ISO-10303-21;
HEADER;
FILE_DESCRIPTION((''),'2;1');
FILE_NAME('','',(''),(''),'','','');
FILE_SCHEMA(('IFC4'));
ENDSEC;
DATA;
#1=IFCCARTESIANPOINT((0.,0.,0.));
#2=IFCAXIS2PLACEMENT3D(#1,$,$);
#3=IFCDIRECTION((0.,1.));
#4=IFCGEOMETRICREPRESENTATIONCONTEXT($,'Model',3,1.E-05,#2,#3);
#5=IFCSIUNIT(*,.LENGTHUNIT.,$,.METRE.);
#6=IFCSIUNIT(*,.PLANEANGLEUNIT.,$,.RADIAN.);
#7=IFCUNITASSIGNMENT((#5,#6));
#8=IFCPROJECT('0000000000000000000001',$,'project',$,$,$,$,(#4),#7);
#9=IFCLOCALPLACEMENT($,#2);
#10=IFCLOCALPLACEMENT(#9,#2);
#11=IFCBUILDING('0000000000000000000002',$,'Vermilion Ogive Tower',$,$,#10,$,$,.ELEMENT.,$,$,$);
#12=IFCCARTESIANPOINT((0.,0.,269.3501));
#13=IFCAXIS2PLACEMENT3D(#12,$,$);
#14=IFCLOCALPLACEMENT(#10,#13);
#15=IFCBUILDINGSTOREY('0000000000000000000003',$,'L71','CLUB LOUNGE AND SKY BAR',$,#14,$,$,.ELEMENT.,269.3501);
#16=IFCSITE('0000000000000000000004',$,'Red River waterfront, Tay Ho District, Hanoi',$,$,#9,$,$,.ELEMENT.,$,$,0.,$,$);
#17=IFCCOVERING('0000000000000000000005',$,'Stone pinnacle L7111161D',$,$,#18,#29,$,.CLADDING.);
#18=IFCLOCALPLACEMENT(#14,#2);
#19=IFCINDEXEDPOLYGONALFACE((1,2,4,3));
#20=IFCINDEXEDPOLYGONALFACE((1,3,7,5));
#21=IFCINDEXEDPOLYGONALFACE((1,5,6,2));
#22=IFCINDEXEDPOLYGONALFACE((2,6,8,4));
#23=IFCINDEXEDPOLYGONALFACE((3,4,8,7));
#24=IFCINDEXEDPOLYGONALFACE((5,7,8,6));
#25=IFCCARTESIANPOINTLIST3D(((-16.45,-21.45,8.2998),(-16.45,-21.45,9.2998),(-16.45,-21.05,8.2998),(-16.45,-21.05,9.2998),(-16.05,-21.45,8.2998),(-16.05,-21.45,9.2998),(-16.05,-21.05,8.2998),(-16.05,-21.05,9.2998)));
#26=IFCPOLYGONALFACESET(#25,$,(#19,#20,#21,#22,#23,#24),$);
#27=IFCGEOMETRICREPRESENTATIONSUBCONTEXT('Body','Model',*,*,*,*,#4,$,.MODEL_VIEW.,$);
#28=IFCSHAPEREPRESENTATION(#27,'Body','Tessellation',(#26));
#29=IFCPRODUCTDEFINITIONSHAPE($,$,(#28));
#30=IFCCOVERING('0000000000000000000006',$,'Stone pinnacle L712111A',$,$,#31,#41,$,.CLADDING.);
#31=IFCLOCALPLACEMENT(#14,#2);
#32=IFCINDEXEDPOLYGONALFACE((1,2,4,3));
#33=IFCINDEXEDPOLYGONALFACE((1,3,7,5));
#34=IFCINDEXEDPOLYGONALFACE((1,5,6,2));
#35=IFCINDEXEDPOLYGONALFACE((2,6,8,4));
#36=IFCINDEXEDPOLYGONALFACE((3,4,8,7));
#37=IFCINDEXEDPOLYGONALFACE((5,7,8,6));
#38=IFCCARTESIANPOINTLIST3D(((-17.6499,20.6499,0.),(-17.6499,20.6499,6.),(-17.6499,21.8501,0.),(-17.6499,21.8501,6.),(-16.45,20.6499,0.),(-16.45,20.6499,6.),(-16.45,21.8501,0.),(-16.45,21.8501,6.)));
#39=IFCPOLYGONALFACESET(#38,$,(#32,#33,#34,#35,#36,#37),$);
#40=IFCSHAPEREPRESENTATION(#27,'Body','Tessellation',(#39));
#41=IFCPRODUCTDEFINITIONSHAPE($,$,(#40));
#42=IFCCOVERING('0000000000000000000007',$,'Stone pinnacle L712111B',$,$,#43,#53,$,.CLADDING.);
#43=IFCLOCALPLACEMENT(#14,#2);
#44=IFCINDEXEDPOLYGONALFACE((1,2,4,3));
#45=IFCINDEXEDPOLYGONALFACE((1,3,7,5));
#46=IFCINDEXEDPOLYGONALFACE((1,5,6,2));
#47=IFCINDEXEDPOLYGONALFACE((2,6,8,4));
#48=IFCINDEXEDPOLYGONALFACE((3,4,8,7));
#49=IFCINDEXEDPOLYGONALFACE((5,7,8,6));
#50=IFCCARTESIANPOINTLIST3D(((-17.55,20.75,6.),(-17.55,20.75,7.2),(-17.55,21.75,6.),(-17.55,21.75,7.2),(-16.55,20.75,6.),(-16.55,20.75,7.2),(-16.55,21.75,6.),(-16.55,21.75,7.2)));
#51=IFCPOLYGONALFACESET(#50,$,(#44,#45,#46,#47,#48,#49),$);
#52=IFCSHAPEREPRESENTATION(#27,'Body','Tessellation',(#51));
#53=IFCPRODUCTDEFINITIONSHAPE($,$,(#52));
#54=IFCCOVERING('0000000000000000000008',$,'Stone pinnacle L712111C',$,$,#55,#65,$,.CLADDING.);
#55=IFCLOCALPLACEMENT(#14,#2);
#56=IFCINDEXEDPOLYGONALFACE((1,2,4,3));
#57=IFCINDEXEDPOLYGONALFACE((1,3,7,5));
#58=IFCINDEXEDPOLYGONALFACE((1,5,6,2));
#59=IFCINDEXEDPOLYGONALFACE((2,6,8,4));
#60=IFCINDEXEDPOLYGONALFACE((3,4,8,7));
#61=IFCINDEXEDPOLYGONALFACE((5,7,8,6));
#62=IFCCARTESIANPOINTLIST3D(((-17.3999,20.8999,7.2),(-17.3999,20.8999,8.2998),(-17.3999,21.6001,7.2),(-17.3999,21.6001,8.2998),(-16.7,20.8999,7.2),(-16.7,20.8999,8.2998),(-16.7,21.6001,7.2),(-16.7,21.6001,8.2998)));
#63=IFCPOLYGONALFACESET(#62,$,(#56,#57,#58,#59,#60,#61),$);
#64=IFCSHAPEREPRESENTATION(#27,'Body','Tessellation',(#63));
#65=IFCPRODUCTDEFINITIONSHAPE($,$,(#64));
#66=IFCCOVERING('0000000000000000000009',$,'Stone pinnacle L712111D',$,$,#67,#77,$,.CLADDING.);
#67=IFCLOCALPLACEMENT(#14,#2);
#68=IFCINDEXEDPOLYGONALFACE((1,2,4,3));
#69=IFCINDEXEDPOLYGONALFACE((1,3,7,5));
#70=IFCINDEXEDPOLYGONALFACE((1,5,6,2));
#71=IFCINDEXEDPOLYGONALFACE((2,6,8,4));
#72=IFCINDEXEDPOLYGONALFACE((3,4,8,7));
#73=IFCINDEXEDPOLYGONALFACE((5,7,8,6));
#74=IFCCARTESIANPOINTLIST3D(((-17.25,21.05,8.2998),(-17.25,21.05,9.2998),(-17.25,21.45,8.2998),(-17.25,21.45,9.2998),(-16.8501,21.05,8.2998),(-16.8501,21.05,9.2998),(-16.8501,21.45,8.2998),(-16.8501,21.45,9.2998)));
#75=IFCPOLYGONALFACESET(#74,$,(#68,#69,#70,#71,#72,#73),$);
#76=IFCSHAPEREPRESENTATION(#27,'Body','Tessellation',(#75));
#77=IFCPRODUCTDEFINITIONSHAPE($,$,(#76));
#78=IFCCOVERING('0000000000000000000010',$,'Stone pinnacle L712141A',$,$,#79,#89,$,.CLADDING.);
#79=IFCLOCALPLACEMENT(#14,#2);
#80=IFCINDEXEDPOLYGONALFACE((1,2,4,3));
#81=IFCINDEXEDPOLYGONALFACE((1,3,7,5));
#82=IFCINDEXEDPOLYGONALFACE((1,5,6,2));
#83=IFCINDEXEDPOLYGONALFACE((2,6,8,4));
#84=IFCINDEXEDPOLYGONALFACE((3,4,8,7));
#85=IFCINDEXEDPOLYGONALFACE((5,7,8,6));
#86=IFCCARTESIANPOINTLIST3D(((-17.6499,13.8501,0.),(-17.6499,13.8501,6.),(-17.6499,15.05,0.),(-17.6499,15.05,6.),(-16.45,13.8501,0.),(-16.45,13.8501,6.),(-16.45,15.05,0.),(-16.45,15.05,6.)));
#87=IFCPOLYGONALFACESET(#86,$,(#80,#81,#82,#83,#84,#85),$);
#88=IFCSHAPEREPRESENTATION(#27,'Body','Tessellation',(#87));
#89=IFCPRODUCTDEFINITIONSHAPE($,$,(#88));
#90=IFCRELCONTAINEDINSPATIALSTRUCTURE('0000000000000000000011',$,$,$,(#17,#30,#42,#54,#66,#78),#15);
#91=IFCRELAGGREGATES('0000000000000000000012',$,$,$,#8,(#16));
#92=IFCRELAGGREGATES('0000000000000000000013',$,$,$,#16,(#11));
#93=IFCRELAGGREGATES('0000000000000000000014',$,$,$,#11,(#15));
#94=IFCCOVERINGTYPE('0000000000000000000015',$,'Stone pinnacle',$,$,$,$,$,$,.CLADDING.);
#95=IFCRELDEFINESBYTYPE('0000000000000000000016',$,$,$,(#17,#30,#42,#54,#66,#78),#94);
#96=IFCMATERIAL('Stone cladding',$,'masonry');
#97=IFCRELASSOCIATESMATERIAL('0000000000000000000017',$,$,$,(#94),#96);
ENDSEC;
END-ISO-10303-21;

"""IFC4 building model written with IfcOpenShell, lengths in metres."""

from ifc_helpers import new_model, si_unit, direction, frame, origin, place, context, subcontext, project, spatial, polyline, outline, extrude, material, type_object, element, save


model = new_model("IFC4")

# Units and contexts
model_context = context("Model", 3, precision=1e-05, world=origin(), true_north=direction((0.0, 1.0)))
body_context = subcontext(model_context, "Body", "Model", "MODEL_VIEW")
ifc_project = project(units=[si_unit("LENGTHUNIT", "METRE"), si_unit("PLANEANGLEUNIT", "RADIAN")], contexts=[model_context])

# Site, building, storey
site_placement = place(None, origin())
site = spatial("IfcSite", under=ifc_project, at=site_placement, Name="Red River waterfront, Tay Ho District, Hanoi", CompositionType="ELEMENT", RefElevation=0.0)
building_placement = place(site_placement, origin())
building = spatial("IfcBuilding", under=site, at=building_placement, Name="Vermilion Ogive Tower", CompositionType="ELEMENT")
storey_placement = place(building_placement, frame((0.0, 0.0, 269.3501)))
storey = spatial("IfcBuildingStorey", under=building, at=storey_placement, Name="L71", Description="CLUB LOUNGE AND SKY BAR", CompositionType="ELEMENT", Elevation=269.3501)

# Coverings
ifc_material_1 = material(Name="Stone cladding", Category="masonry")
covering_type = type_object("IfcCoveringType", Name="Stone pinnacle", PredefinedType="CLADDING", material=ifc_material_1)
covering_1_placement = place(storey_placement, frame((0.0, 0.0, 8.2998)))
element("IfcCovering", 1, at=covering_1_placement, inside=storey, type_object=covering_type, Name="Stone pinnacle L7111161D", PredefinedType="CLADDING", context=body_context, shape_type="SweptSolid", body=[
    extrude(outline(polyline([(-16.45, -21.45), (-16.05, -21.45), (-16.05, -21.05), (-16.45, -21.05), (-16.45, -21.45)])), origin(), (0.0, 0.0, 1.0), 1.0),
])
covering_2_placement = place(storey_placement, origin())
element("IfcCovering", 2, at=covering_2_placement, inside=storey, type_object=covering_type, Name="Stone pinnacle L712111A", PredefinedType="CLADDING", context=body_context, shape_type="SweptSolid", body=[
    extrude(outline(polyline([(-17.6499, 20.6499), (-16.45, 20.6499), (-16.45, 21.8501), (-17.6499, 21.8501), (-17.6499, 20.6499)])), origin(), (0.0, 0.0, 1.0), 6.0),
])
covering_3_placement = place(storey_placement, frame((0.0, 0.0, 6.0)))
element("IfcCovering", 3, at=covering_3_placement, inside=storey, type_object=covering_type, Name="Stone pinnacle L712111B", PredefinedType="CLADDING", context=body_context, shape_type="SweptSolid", body=[
    extrude(outline(polyline([(-17.55, 20.75), (-16.55, 20.75), (-16.55, 21.75), (-17.55, 21.75), (-17.55, 20.75)])), origin(), (0.0, 0.0, 1.0), 1.2),
])
covering_4_placement = place(storey_placement, frame((0.0, 0.0, 7.2)))
element("IfcCovering", 4, at=covering_4_placement, inside=storey, type_object=covering_type, Name="Stone pinnacle L712111C", PredefinedType="CLADDING", context=body_context, shape_type="SweptSolid", body=[
    extrude(outline(polyline([(-17.3999, 20.8999), (-16.7, 20.8999), (-16.7, 21.6001), (-17.3999, 21.6001), (-17.3999, 20.8999)])), origin(), (0.0, 0.0, 1.0), 1.0999),
])
covering_5_placement = place(storey_placement, frame((0.0, 0.0, 8.2998)))
element("IfcCovering", 5, at=covering_5_placement, inside=storey, type_object=covering_type, Name="Stone pinnacle L712111D", PredefinedType="CLADDING", context=body_context, shape_type="SweptSolid", body=[
    extrude(outline(polyline([(-17.25, 21.05), (-16.8501, 21.05), (-16.8501, 21.45), (-17.25, 21.45), (-17.25, 21.05)])), origin(), (0.0, 0.0, 1.0), 1.0),
])
covering_6_placement = place(storey_placement, origin())
element("IfcCovering", 6, at=covering_6_placement, inside=storey, type_object=covering_type, Name="Stone pinnacle L712141A", PredefinedType="CLADDING", context=body_context, shape_type="SweptSolid", body=[
    extrude(outline(polyline([(-17.6499, 13.8501), (-16.45, 13.8501), (-16.45, 15.05), (-17.6499, 15.05), (-17.6499, 13.8501)])), origin(), (0.0, 0.0, 1.0), 6.0),
])

save(model, "model.ifc")
